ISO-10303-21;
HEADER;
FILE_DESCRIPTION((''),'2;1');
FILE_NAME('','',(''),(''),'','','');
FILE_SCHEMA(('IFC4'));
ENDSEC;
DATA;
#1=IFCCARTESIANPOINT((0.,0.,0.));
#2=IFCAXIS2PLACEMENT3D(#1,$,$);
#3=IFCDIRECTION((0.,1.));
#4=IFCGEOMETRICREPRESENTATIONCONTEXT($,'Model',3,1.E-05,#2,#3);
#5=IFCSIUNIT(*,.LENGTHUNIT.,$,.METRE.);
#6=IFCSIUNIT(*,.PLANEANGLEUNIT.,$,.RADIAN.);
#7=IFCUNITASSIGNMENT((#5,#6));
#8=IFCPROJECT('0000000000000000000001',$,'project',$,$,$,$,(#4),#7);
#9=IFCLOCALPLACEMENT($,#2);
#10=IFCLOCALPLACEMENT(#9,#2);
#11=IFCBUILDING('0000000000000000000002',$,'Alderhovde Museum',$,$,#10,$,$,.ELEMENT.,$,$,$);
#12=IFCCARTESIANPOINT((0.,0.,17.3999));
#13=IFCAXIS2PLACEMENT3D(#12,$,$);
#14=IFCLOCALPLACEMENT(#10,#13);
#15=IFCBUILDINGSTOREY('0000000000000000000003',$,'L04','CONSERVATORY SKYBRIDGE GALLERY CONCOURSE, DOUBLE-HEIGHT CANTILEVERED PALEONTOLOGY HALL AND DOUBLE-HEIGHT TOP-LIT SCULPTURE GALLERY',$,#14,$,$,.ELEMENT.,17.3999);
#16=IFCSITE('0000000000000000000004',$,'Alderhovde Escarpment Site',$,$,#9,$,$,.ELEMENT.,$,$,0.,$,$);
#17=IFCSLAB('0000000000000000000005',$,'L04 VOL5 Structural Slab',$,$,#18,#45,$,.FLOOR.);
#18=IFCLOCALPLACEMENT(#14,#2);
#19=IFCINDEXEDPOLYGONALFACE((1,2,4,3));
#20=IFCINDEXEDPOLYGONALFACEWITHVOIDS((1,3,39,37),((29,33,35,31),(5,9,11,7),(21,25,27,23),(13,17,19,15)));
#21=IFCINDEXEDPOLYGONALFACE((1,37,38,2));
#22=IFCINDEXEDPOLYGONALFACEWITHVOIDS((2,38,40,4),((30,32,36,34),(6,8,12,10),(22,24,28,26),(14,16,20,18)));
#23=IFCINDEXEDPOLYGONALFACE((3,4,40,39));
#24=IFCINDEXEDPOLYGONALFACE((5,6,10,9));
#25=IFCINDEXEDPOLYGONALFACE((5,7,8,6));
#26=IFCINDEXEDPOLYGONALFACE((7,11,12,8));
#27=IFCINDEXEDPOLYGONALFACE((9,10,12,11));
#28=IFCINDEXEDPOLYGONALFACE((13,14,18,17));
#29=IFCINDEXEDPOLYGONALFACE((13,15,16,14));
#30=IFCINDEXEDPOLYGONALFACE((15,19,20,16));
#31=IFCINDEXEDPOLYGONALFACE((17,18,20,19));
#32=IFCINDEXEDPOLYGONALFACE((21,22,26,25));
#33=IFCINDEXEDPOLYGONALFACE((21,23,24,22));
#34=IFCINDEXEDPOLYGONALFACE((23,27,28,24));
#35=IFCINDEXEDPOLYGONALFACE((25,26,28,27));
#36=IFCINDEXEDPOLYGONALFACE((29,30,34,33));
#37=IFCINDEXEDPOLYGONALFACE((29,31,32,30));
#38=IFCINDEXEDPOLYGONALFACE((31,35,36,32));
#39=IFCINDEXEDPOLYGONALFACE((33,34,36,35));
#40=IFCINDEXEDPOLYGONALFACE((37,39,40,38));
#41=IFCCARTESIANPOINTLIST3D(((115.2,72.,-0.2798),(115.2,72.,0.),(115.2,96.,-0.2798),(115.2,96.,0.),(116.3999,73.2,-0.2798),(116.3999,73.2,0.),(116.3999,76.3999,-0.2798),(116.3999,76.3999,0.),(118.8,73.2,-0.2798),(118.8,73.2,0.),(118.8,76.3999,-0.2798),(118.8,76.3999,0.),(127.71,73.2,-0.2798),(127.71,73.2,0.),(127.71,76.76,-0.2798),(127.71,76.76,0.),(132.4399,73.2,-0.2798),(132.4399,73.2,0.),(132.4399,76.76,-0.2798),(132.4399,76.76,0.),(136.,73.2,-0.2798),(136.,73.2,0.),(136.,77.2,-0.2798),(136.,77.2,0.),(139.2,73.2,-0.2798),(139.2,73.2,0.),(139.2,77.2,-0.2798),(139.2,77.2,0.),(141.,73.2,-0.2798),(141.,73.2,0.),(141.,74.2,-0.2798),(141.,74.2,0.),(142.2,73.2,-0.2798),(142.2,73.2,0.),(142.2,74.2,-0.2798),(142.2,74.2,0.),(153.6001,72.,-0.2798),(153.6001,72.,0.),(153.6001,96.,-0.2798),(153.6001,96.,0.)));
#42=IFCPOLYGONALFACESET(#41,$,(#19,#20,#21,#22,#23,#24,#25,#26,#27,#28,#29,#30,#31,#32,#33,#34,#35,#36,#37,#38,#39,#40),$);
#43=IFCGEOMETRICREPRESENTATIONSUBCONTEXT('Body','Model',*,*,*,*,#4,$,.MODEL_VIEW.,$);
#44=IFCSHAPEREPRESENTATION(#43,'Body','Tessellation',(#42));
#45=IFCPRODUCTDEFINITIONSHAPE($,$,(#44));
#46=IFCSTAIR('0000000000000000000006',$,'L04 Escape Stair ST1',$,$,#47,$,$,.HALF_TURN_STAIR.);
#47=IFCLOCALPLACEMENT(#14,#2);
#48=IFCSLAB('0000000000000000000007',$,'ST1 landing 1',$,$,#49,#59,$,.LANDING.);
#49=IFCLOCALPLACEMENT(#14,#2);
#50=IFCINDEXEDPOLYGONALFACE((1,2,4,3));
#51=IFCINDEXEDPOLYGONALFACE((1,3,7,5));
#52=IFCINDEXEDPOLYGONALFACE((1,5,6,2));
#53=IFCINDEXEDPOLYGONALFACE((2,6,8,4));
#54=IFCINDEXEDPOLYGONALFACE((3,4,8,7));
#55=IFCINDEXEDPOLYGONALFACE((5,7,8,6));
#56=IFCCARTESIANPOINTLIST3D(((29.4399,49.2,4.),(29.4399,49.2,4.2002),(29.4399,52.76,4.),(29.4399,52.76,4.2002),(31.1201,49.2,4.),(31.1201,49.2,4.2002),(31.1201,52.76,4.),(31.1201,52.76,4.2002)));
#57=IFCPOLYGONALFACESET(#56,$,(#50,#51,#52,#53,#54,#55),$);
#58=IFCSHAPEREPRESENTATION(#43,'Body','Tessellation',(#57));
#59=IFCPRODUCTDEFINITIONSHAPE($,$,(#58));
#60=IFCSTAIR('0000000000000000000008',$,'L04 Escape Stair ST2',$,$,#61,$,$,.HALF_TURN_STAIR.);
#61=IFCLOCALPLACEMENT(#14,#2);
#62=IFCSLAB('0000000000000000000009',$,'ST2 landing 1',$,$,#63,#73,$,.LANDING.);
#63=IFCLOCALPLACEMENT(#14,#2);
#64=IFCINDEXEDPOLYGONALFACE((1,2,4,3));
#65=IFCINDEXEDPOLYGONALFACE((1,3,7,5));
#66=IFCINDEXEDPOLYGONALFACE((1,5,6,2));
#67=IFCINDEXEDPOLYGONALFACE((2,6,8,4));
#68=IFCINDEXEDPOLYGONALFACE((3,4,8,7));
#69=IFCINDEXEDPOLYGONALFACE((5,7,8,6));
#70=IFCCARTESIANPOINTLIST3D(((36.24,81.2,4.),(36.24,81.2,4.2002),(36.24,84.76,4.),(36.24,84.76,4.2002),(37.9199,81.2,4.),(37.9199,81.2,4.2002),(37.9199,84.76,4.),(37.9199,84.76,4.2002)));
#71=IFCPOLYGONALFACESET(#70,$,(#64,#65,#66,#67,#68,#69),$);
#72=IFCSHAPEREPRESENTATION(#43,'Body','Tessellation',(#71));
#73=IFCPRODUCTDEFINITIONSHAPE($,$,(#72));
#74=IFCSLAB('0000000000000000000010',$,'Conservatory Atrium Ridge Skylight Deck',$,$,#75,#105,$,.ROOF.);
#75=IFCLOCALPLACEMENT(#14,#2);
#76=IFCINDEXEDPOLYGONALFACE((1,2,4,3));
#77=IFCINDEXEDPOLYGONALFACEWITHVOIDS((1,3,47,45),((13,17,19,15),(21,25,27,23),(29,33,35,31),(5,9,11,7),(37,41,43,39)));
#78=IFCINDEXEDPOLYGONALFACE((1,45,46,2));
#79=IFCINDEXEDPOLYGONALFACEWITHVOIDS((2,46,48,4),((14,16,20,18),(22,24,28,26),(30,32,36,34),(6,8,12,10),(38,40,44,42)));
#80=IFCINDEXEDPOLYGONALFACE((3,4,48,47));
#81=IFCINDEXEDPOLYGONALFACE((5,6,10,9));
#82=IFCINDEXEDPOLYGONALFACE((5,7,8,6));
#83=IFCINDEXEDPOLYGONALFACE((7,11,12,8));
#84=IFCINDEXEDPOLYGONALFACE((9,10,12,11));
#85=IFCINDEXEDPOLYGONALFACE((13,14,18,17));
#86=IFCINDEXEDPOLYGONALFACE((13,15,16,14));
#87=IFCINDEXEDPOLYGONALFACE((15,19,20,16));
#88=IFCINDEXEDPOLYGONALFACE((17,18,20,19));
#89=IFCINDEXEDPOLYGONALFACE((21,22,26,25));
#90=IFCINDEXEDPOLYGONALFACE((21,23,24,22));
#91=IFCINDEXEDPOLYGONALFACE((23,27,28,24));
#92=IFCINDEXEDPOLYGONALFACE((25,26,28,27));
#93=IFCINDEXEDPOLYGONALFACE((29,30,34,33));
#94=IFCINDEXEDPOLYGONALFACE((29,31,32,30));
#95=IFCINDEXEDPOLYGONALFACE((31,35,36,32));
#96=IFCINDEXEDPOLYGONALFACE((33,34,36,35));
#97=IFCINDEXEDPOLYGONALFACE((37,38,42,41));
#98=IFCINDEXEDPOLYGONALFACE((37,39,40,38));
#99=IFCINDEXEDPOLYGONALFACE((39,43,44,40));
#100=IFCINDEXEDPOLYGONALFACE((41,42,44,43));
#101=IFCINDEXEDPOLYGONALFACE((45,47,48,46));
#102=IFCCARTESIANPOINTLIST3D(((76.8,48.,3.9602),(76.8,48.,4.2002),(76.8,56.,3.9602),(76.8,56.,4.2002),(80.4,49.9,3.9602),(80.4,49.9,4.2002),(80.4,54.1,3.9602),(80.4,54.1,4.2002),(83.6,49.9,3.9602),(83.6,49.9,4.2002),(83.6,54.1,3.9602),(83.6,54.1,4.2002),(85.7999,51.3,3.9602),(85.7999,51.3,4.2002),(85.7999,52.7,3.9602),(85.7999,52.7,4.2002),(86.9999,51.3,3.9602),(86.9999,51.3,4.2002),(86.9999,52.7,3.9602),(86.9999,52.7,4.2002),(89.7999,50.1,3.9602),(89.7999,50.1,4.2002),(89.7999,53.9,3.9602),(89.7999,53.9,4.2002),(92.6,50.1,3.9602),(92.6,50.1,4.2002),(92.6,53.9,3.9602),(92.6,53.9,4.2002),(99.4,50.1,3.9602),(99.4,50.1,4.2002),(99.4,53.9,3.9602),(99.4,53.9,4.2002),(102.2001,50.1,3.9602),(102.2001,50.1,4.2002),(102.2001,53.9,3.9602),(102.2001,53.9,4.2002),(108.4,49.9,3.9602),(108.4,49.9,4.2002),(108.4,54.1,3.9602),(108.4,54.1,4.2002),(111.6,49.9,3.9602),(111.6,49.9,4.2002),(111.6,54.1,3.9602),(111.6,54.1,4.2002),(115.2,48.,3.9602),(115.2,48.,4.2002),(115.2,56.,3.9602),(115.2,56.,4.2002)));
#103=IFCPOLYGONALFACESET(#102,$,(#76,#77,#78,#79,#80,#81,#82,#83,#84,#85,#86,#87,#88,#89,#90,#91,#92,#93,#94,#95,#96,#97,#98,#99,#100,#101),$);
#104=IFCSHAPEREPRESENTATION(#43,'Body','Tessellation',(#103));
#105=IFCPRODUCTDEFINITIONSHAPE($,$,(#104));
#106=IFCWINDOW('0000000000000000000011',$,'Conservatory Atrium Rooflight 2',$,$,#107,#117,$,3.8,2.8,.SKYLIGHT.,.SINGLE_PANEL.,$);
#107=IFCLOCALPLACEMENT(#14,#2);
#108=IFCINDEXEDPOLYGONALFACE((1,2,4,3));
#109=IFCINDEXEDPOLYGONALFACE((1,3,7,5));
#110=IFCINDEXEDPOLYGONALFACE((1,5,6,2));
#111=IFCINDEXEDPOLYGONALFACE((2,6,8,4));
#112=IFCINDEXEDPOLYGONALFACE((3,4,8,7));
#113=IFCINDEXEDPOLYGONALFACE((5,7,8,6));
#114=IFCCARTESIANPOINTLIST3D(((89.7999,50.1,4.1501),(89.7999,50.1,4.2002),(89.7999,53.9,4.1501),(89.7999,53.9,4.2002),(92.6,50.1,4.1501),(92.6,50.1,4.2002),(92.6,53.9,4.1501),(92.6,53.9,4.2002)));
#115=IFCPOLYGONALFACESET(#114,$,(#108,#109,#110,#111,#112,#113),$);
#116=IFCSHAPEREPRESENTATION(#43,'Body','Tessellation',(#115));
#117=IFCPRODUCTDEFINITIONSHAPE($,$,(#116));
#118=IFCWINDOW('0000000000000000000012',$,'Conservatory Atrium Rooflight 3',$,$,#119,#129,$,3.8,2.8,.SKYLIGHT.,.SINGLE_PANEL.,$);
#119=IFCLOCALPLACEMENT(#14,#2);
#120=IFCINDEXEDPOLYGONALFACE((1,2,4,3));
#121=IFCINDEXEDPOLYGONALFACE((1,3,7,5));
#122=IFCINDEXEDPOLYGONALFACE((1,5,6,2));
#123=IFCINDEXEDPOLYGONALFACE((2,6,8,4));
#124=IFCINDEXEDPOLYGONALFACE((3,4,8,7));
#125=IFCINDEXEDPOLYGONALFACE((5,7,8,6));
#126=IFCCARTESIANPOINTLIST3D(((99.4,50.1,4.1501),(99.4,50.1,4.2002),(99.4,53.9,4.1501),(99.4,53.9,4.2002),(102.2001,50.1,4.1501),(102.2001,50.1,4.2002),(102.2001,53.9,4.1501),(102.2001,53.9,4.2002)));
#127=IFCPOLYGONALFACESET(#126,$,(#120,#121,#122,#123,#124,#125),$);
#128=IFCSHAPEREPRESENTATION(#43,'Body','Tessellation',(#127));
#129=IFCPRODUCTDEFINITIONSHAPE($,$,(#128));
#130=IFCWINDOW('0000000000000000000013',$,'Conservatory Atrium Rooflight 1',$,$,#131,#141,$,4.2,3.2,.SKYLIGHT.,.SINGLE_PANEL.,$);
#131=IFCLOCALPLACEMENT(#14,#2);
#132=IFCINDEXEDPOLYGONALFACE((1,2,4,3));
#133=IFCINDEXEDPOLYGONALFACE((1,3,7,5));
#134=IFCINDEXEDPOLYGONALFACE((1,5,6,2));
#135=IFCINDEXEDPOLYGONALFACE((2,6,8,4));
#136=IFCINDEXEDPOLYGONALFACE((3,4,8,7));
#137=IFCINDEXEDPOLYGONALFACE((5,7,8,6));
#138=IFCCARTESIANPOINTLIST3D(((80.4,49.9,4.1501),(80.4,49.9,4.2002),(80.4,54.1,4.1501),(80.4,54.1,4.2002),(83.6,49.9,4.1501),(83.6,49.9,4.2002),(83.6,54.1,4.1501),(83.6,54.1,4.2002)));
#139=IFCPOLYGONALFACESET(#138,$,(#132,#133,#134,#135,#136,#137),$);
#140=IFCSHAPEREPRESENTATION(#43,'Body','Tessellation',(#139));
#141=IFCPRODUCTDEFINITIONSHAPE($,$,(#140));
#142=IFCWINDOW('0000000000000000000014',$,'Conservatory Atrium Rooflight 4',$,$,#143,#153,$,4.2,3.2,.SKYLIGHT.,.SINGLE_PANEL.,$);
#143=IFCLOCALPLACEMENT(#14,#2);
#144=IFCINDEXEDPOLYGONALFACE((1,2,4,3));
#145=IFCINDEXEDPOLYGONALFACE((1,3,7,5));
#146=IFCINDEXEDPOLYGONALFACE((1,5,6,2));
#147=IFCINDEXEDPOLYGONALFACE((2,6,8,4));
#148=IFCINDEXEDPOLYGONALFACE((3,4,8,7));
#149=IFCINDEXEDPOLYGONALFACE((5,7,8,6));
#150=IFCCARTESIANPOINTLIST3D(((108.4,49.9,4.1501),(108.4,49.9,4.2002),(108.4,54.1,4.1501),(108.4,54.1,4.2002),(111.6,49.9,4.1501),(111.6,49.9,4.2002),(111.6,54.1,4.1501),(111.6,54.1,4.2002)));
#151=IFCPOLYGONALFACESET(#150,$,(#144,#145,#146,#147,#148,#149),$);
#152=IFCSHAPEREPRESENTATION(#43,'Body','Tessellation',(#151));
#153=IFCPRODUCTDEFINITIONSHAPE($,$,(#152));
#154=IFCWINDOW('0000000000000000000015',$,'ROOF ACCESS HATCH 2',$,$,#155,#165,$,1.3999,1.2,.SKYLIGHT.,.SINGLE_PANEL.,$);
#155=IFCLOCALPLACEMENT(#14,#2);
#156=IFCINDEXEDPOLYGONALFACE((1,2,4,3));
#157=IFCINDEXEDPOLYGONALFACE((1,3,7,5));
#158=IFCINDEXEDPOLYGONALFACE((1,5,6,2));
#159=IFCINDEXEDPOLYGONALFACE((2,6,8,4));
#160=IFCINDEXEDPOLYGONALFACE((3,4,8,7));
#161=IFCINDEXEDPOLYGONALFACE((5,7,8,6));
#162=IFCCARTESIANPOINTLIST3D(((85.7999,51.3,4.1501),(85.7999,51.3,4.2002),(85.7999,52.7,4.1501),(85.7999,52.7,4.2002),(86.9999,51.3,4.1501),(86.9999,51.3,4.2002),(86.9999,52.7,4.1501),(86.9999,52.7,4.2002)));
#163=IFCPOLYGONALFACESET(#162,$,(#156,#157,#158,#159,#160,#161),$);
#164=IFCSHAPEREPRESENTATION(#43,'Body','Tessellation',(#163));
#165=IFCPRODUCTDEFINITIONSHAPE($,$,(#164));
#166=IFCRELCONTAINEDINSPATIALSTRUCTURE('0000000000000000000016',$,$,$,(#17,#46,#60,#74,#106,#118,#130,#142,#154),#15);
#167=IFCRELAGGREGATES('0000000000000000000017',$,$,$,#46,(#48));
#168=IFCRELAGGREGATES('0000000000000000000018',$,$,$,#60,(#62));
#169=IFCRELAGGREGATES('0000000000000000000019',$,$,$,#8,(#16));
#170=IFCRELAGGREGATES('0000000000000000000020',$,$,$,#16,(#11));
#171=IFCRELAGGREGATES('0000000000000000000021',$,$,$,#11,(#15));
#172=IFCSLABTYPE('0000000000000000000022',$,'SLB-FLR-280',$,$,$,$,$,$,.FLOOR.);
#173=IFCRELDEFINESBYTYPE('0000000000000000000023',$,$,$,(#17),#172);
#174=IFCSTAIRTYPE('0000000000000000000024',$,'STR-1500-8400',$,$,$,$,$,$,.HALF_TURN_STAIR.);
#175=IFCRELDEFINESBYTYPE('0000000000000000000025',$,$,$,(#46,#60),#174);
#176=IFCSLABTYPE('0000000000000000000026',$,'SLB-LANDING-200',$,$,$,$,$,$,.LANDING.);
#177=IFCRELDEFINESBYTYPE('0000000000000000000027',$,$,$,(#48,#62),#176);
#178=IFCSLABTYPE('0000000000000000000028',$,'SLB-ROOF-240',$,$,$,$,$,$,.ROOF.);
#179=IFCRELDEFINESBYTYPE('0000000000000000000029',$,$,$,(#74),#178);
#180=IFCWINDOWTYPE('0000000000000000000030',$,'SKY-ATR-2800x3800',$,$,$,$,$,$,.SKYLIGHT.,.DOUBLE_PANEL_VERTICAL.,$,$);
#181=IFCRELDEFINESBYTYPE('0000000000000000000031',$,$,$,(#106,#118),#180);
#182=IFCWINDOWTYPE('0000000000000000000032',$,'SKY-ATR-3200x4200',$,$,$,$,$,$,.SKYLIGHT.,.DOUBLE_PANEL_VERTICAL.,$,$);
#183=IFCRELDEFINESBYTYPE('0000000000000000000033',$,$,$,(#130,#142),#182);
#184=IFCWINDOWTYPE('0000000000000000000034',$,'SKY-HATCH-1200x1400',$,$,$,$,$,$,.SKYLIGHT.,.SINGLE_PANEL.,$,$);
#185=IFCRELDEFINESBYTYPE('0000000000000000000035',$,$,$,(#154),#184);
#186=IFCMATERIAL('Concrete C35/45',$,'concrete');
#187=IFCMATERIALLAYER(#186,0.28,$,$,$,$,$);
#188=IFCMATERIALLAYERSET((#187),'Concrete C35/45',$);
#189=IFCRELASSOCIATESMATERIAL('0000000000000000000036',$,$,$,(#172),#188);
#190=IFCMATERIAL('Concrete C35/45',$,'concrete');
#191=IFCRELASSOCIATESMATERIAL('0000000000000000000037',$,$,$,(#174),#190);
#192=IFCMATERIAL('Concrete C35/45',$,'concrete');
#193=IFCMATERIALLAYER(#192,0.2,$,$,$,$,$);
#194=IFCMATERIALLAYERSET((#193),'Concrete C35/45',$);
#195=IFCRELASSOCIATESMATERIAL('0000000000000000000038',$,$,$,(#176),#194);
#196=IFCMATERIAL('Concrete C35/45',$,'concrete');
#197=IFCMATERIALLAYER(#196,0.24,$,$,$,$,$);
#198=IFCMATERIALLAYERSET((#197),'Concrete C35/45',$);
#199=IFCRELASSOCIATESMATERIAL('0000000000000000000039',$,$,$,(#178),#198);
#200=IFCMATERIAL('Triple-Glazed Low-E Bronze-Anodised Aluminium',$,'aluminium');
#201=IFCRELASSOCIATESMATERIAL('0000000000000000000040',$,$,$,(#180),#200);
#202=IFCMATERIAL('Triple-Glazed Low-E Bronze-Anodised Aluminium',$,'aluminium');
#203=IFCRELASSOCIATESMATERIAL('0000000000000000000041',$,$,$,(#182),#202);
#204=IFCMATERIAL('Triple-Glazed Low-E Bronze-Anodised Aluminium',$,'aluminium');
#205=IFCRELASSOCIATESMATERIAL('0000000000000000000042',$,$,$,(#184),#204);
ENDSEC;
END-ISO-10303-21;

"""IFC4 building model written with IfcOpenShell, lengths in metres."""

from ifc_helpers import new_model, si_unit, direction, frame, origin, origin_2d, place, context, subcontext, project, spatial, polyline, rectangle, outline, extrude, material, layer, layer_set, type_object, element, fill, aggregate, save


model = new_model("IFC4")

# Units and contexts
model_context = context("Model", 3, precision=1e-05, world=origin(), true_north=direction((0.0, 1.0)))
body_context = subcontext(model_context, "Body", "Model", "MODEL_VIEW")
ifc_project = project(units=[si_unit("LENGTHUNIT", "METRE"), si_unit("PLANEANGLEUNIT", "RADIAN")], contexts=[model_context])

# Site, building, storey
site_placement = place(None, origin())
site = spatial("IfcSite", under=ifc_project, at=site_placement, Name="Alderhovde Escarpment Site", CompositionType="ELEMENT", RefElevation=0.0)
building_placement = place(site_placement, origin())
building = spatial("IfcBuilding", under=site, at=building_placement, Name="Alderhovde Museum", CompositionType="ELEMENT")
storey_placement = place(building_placement, frame((0.0, 0.0, 17.3999)))
storey = spatial("IfcBuildingStorey", under=building, at=storey_placement, Name="L04", Description="CONSERVATORY SKYBRIDGE GALLERY CONCOURSE, DOUBLE-HEIGHT CANTILEVERED PALEONTOLOGY HALL AND DOUBLE-HEIGHT TOP-LIT SCULPTURE GALLERY", CompositionType="ELEMENT", Elevation=17.3999)

# Slab
ifc_material_1 = material(Name="Concrete C35/45", Category="concrete")
ifc_layer_1 = layer(ifc_material_1, 0.28)
ifc_layer_set_1 = layer_set([ifc_layer_1], Name="Concrete C35/45")
slab_type_1 = type_object("IfcSlabType", Name="SLB-FLR-280", PredefinedType="FLOOR", material=ifc_layer_set_1)
slab_1_placement = place(storey_placement, frame((0.0, 0.0, -0.2798)))
element("IfcSlab", 1, at=slab_1_placement, inside=storey, type_object=slab_type_1, Name="L04 VOL5 Structural Slab", PredefinedType="FLOOR", context=body_context, shape_type="SweptSolid", body=[
    extrude(outline(polyline([(115.2, 72.0), (153.6001, 72.0), (153.6001, 96.0), (115.2, 96.0), (115.2, 72.0)]), holes=[polyline([(127.71, 73.2), (132.4399, 73.2), (132.4399, 76.76), (127.71, 76.76), (127.71, 73.2)]), polyline([(116.3999, 73.2), (118.8, 73.2), (118.8, 76.3999), (116.3999, 76.3999), (116.3999, 73.2)]), polyline([(136.0, 73.2), (139.2, 73.2), (139.2, 77.2), (136.0, 77.2), (136.0, 73.2)]), polyline([(141.0, 73.2), (142.2, 73.2), (142.2, 74.2), (141.0, 74.2), (141.0, 73.2)])]), origin(), (0.0, 0.0, 1.0), 0.2798),
])

# Stairs, slabs
ifc_material_2 = material(Name="Concrete C35/45", Category="concrete")
stair_type = type_object("IfcStairType", Name="STR-1500-8400", PredefinedType="HALF_TURN_STAIR", material=ifc_material_2)
stair_1_placement = place(storey_placement, origin())
stair_1 = element("IfcStair", 2, at=stair_1_placement, inside=storey, type_object=stair_type, Name="L04 Escape Stair ST1", PredefinedType="HALF_TURN_STAIR")
ifc_material_3 = material(Name="Concrete C35/45", Category="concrete")
ifc_layer_2 = layer(ifc_material_3, 0.2)
ifc_layer_set_2 = layer_set([ifc_layer_2], Name="Concrete C35/45")
slab_type_2 = type_object("IfcSlabType", Name="SLB-LANDING-200", PredefinedType="LANDING", material=ifc_layer_set_2)
slab_2_placement = place(storey_placement, frame((0.0, 0.0, 4.0)))
slab_2 = element("IfcSlab", 3, at=slab_2_placement, type_object=slab_type_2, Name="ST1 landing 1", PredefinedType="LANDING", context=body_context, shape_type="SweptSolid", body=[
    extrude(outline(polyline([(29.4399, 49.2), (31.1201, 49.2), (31.1201, 52.76), (29.4399, 52.76), (29.4399, 49.2)])), origin(), (0.0, 0.0, 1.0), 0.2002),
])
aggregate(stair_1, [slab_2])
stair_2_placement = place(storey_placement, origin())
stair_2 = element("IfcStair", 4, at=stair_2_placement, inside=storey, type_object=stair_type, Name="L04 Escape Stair ST2", PredefinedType="HALF_TURN_STAIR")
slab_3_placement = place(storey_placement, frame((0.0, 0.0, 4.0)))
slab_3 = element("IfcSlab", 5, at=slab_3_placement, type_object=slab_type_2, Name="ST2 landing 1", PredefinedType="LANDING", context=body_context, shape_type="SweptSolid", body=[
    extrude(outline(polyline([(36.24, 81.2), (37.9199, 81.2), (37.9199, 84.76), (36.24, 84.76), (36.24, 81.2)])), origin(), (0.0, 0.0, 1.0), 0.2002),
])
aggregate(stair_2, [slab_3])

# Slab, openings, windows
ifc_material_4 = material(Name="Concrete C35/45", Category="concrete")
ifc_layer_3 = layer(ifc_material_4, 0.24)
ifc_layer_set_3 = layer_set([ifc_layer_3], Name="Concrete C35/45")
slab_type_3 = type_object("IfcSlabType", Name="SLB-ROOF-240", PredefinedType="ROOF", material=ifc_layer_set_3)
slab_4_placement = place(storey_placement, frame((0.0, 0.0, 3.9602)))
slab_4 = element("IfcSlab", 6, at=slab_4_placement, inside=storey, type_object=slab_type_3, Name="Conservatory Atrium Ridge Skylight Deck", PredefinedType="ROOF", context=body_context, shape_type="SweptSolid", body=[
    extrude(outline(polyline([(76.8, 48.0), (115.2, 48.0), (115.2, 56.0), (76.8, 56.0), (76.8, 48.0)])), origin(), (0.0, 0.0, 1.0), 0.24),
])
opening_1_placement = place(slab_4_placement, frame((82.0, 52.0, -0.02)))
opening_1 = element("IfcOpeningElement", 7, at=opening_1_placement, cuts=slab_4, PredefinedType="OPENING", context=body_context, shape_type="SweptSolid", body=[
    extrude(rectangle(XDim=3.2, YDim=4.2, at=origin_2d()), origin(), (0.0, 0.0, 1.0), 0.28),
])
opening_2_placement = place(slab_4_placement, frame((91.2, 52.0, -0.02)))
opening_2 = element("IfcOpeningElement", 8, at=opening_2_placement, cuts=slab_4, PredefinedType="OPENING", context=body_context, shape_type="SweptSolid", body=[
    extrude(rectangle(XDim=2.8, YDim=3.8, at=origin_2d()), origin(), (0.0, 0.0, 1.0), 0.28),
])
opening_3_placement = place(slab_4_placement, frame((100.8, 52.0, -0.02)))
opening_3 = element("IfcOpeningElement", 9, at=opening_3_placement, cuts=slab_4, PredefinedType="OPENING", context=body_context, shape_type="SweptSolid", body=[
    extrude(rectangle(XDim=2.8, YDim=3.8, at=origin_2d()), origin(), (0.0, 0.0, 1.0), 0.28),
])
opening_4_placement = place(slab_4_placement, frame((110.0, 52.0, -0.02)))
opening_4 = element("IfcOpeningElement", 10, at=opening_4_placement, cuts=slab_4, PredefinedType="OPENING", context=body_context, shape_type="SweptSolid", body=[
    extrude(rectangle(XDim=3.2, YDim=4.2, at=origin_2d()), origin(), (0.0, 0.0, 1.0), 0.28),
])
opening_5_placement = place(slab_4_placement, frame((86.3999, 52.0, -0.02)))
opening_5 = element("IfcOpeningElement", 11, at=opening_5_placement, cuts=slab_4, PredefinedType="OPENING", context=body_context, shape_type="SweptSolid", body=[
    extrude(rectangle(XDim=1.2, YDim=1.3999, at=origin_2d()), origin(), (0.0, 0.0, 1.0), 0.28),
])
ifc_material_5 = material(Name="Triple-Glazed Low-E Bronze-Anodised Aluminium", Category="aluminium")
window_type_1 = type_object("IfcWindowType", Name="SKY-ATR-2800x3800", PartitioningType="DOUBLE_PANEL_VERTICAL", PredefinedType="SKYLIGHT", material=ifc_material_5)
window_1_placement = place(opening_2_placement, frame((0.0, 0.0, 0.21)))
window_1 = element("IfcWindow", 12, at=window_1_placement, inside=storey, type_object=window_type_1, Name="Conservatory Atrium Rooflight 2", OverallHeight=3.8, OverallWidth=2.8, PartitioningType="SINGLE_PANEL", PredefinedType="SKYLIGHT", context=body_context, shape_type="SweptSolid", body=[
    extrude(rectangle(XDim=2.8, YDim=3.8, at=origin_2d()), origin(), (0.0, 0.0, 1.0), 0.05),
])
fill(opening_2, window_1)
window_2_placement = place(opening_3_placement, frame((0.0, 0.0, 0.21)))
window_2 = element("IfcWindow", 13, at=window_2_placement, inside=storey, type_object=window_type_1, Name="Conservatory Atrium Rooflight 3", OverallHeight=3.8, OverallWidth=2.8, PartitioningType="SINGLE_PANEL", PredefinedType="SKYLIGHT", context=body_context, shape_type="SweptSolid", body=[
    extrude(rectangle(XDim=2.8, YDim=3.8, at=origin_2d()), origin(), (0.0, 0.0, 1.0), 0.05),
])
fill(opening_3, window_2)
ifc_material_6 = material(Name="Triple-Glazed Low-E Bronze-Anodised Aluminium", Category="aluminium")
window_type_2 = type_object("IfcWindowType", Name="SKY-ATR-3200x4200", PartitioningType="DOUBLE_PANEL_VERTICAL", PredefinedType="SKYLIGHT", material=ifc_material_6)
window_3_placement = place(opening_1_placement, frame((0.0, 0.0, 0.21)))
window_3 = element("IfcWindow", 14, at=window_3_placement, inside=storey, type_object=window_type_2, Name="Conservatory Atrium Rooflight 1", OverallHeight=4.2, OverallWidth=3.2, PartitioningType="SINGLE_PANEL", PredefinedType="SKYLIGHT", context=body_context, shape_type="SweptSolid", body=[
    extrude(rectangle(XDim=3.2, YDim=4.2, at=origin_2d()), origin(), (0.0, 0.0, 1.0), 0.05),
])
fill(opening_1, window_3)
window_4_placement = place(opening_4_placement, frame((0.0, 0.0, 0.21)))
window_4 = element("IfcWindow", 15, at=window_4_placement, inside=storey, type_object=window_type_2, Name="Conservatory Atrium Rooflight 4", OverallHeight=4.2, OverallWidth=3.2, PartitioningType="SINGLE_PANEL", PredefinedType="SKYLIGHT", context=body_context, shape_type="SweptSolid", body=[
    extrude(rectangle(XDim=3.2, YDim=4.2, at=origin_2d()), origin(), (0.0, 0.0, 1.0), 0.05),
])
fill(opening_4, window_4)
ifc_material_7 = material(Name="Triple-Glazed Low-E Bronze-Anodised Aluminium", Category="aluminium")
window_type_3 = type_object("IfcWindowType", Name="SKY-HATCH-1200x1400", PartitioningType="SINGLE_PANEL", PredefinedType="SKYLIGHT", material=ifc_material_7)
window_5_placement = place(opening_5_placement, frame((0.0, 0.0, 0.21)))
window_5 = element("IfcWindow", 16, at=window_5_placement, inside=storey, type_object=window_type_3, Name="ROOF ACCESS HATCH 2", OverallHeight=1.3999, OverallWidth=1.2, PartitioningType="SINGLE_PANEL", PredefinedType="SKYLIGHT", context=body_context, shape_type="SweptSolid", body=[
    extrude(rectangle(XDim=1.2, YDim=1.3999, at=origin_2d()), origin(), (0.0, 0.0, 1.0), 0.05),
])
fill(opening_5, window_5)

save(model, "model.ifc")
